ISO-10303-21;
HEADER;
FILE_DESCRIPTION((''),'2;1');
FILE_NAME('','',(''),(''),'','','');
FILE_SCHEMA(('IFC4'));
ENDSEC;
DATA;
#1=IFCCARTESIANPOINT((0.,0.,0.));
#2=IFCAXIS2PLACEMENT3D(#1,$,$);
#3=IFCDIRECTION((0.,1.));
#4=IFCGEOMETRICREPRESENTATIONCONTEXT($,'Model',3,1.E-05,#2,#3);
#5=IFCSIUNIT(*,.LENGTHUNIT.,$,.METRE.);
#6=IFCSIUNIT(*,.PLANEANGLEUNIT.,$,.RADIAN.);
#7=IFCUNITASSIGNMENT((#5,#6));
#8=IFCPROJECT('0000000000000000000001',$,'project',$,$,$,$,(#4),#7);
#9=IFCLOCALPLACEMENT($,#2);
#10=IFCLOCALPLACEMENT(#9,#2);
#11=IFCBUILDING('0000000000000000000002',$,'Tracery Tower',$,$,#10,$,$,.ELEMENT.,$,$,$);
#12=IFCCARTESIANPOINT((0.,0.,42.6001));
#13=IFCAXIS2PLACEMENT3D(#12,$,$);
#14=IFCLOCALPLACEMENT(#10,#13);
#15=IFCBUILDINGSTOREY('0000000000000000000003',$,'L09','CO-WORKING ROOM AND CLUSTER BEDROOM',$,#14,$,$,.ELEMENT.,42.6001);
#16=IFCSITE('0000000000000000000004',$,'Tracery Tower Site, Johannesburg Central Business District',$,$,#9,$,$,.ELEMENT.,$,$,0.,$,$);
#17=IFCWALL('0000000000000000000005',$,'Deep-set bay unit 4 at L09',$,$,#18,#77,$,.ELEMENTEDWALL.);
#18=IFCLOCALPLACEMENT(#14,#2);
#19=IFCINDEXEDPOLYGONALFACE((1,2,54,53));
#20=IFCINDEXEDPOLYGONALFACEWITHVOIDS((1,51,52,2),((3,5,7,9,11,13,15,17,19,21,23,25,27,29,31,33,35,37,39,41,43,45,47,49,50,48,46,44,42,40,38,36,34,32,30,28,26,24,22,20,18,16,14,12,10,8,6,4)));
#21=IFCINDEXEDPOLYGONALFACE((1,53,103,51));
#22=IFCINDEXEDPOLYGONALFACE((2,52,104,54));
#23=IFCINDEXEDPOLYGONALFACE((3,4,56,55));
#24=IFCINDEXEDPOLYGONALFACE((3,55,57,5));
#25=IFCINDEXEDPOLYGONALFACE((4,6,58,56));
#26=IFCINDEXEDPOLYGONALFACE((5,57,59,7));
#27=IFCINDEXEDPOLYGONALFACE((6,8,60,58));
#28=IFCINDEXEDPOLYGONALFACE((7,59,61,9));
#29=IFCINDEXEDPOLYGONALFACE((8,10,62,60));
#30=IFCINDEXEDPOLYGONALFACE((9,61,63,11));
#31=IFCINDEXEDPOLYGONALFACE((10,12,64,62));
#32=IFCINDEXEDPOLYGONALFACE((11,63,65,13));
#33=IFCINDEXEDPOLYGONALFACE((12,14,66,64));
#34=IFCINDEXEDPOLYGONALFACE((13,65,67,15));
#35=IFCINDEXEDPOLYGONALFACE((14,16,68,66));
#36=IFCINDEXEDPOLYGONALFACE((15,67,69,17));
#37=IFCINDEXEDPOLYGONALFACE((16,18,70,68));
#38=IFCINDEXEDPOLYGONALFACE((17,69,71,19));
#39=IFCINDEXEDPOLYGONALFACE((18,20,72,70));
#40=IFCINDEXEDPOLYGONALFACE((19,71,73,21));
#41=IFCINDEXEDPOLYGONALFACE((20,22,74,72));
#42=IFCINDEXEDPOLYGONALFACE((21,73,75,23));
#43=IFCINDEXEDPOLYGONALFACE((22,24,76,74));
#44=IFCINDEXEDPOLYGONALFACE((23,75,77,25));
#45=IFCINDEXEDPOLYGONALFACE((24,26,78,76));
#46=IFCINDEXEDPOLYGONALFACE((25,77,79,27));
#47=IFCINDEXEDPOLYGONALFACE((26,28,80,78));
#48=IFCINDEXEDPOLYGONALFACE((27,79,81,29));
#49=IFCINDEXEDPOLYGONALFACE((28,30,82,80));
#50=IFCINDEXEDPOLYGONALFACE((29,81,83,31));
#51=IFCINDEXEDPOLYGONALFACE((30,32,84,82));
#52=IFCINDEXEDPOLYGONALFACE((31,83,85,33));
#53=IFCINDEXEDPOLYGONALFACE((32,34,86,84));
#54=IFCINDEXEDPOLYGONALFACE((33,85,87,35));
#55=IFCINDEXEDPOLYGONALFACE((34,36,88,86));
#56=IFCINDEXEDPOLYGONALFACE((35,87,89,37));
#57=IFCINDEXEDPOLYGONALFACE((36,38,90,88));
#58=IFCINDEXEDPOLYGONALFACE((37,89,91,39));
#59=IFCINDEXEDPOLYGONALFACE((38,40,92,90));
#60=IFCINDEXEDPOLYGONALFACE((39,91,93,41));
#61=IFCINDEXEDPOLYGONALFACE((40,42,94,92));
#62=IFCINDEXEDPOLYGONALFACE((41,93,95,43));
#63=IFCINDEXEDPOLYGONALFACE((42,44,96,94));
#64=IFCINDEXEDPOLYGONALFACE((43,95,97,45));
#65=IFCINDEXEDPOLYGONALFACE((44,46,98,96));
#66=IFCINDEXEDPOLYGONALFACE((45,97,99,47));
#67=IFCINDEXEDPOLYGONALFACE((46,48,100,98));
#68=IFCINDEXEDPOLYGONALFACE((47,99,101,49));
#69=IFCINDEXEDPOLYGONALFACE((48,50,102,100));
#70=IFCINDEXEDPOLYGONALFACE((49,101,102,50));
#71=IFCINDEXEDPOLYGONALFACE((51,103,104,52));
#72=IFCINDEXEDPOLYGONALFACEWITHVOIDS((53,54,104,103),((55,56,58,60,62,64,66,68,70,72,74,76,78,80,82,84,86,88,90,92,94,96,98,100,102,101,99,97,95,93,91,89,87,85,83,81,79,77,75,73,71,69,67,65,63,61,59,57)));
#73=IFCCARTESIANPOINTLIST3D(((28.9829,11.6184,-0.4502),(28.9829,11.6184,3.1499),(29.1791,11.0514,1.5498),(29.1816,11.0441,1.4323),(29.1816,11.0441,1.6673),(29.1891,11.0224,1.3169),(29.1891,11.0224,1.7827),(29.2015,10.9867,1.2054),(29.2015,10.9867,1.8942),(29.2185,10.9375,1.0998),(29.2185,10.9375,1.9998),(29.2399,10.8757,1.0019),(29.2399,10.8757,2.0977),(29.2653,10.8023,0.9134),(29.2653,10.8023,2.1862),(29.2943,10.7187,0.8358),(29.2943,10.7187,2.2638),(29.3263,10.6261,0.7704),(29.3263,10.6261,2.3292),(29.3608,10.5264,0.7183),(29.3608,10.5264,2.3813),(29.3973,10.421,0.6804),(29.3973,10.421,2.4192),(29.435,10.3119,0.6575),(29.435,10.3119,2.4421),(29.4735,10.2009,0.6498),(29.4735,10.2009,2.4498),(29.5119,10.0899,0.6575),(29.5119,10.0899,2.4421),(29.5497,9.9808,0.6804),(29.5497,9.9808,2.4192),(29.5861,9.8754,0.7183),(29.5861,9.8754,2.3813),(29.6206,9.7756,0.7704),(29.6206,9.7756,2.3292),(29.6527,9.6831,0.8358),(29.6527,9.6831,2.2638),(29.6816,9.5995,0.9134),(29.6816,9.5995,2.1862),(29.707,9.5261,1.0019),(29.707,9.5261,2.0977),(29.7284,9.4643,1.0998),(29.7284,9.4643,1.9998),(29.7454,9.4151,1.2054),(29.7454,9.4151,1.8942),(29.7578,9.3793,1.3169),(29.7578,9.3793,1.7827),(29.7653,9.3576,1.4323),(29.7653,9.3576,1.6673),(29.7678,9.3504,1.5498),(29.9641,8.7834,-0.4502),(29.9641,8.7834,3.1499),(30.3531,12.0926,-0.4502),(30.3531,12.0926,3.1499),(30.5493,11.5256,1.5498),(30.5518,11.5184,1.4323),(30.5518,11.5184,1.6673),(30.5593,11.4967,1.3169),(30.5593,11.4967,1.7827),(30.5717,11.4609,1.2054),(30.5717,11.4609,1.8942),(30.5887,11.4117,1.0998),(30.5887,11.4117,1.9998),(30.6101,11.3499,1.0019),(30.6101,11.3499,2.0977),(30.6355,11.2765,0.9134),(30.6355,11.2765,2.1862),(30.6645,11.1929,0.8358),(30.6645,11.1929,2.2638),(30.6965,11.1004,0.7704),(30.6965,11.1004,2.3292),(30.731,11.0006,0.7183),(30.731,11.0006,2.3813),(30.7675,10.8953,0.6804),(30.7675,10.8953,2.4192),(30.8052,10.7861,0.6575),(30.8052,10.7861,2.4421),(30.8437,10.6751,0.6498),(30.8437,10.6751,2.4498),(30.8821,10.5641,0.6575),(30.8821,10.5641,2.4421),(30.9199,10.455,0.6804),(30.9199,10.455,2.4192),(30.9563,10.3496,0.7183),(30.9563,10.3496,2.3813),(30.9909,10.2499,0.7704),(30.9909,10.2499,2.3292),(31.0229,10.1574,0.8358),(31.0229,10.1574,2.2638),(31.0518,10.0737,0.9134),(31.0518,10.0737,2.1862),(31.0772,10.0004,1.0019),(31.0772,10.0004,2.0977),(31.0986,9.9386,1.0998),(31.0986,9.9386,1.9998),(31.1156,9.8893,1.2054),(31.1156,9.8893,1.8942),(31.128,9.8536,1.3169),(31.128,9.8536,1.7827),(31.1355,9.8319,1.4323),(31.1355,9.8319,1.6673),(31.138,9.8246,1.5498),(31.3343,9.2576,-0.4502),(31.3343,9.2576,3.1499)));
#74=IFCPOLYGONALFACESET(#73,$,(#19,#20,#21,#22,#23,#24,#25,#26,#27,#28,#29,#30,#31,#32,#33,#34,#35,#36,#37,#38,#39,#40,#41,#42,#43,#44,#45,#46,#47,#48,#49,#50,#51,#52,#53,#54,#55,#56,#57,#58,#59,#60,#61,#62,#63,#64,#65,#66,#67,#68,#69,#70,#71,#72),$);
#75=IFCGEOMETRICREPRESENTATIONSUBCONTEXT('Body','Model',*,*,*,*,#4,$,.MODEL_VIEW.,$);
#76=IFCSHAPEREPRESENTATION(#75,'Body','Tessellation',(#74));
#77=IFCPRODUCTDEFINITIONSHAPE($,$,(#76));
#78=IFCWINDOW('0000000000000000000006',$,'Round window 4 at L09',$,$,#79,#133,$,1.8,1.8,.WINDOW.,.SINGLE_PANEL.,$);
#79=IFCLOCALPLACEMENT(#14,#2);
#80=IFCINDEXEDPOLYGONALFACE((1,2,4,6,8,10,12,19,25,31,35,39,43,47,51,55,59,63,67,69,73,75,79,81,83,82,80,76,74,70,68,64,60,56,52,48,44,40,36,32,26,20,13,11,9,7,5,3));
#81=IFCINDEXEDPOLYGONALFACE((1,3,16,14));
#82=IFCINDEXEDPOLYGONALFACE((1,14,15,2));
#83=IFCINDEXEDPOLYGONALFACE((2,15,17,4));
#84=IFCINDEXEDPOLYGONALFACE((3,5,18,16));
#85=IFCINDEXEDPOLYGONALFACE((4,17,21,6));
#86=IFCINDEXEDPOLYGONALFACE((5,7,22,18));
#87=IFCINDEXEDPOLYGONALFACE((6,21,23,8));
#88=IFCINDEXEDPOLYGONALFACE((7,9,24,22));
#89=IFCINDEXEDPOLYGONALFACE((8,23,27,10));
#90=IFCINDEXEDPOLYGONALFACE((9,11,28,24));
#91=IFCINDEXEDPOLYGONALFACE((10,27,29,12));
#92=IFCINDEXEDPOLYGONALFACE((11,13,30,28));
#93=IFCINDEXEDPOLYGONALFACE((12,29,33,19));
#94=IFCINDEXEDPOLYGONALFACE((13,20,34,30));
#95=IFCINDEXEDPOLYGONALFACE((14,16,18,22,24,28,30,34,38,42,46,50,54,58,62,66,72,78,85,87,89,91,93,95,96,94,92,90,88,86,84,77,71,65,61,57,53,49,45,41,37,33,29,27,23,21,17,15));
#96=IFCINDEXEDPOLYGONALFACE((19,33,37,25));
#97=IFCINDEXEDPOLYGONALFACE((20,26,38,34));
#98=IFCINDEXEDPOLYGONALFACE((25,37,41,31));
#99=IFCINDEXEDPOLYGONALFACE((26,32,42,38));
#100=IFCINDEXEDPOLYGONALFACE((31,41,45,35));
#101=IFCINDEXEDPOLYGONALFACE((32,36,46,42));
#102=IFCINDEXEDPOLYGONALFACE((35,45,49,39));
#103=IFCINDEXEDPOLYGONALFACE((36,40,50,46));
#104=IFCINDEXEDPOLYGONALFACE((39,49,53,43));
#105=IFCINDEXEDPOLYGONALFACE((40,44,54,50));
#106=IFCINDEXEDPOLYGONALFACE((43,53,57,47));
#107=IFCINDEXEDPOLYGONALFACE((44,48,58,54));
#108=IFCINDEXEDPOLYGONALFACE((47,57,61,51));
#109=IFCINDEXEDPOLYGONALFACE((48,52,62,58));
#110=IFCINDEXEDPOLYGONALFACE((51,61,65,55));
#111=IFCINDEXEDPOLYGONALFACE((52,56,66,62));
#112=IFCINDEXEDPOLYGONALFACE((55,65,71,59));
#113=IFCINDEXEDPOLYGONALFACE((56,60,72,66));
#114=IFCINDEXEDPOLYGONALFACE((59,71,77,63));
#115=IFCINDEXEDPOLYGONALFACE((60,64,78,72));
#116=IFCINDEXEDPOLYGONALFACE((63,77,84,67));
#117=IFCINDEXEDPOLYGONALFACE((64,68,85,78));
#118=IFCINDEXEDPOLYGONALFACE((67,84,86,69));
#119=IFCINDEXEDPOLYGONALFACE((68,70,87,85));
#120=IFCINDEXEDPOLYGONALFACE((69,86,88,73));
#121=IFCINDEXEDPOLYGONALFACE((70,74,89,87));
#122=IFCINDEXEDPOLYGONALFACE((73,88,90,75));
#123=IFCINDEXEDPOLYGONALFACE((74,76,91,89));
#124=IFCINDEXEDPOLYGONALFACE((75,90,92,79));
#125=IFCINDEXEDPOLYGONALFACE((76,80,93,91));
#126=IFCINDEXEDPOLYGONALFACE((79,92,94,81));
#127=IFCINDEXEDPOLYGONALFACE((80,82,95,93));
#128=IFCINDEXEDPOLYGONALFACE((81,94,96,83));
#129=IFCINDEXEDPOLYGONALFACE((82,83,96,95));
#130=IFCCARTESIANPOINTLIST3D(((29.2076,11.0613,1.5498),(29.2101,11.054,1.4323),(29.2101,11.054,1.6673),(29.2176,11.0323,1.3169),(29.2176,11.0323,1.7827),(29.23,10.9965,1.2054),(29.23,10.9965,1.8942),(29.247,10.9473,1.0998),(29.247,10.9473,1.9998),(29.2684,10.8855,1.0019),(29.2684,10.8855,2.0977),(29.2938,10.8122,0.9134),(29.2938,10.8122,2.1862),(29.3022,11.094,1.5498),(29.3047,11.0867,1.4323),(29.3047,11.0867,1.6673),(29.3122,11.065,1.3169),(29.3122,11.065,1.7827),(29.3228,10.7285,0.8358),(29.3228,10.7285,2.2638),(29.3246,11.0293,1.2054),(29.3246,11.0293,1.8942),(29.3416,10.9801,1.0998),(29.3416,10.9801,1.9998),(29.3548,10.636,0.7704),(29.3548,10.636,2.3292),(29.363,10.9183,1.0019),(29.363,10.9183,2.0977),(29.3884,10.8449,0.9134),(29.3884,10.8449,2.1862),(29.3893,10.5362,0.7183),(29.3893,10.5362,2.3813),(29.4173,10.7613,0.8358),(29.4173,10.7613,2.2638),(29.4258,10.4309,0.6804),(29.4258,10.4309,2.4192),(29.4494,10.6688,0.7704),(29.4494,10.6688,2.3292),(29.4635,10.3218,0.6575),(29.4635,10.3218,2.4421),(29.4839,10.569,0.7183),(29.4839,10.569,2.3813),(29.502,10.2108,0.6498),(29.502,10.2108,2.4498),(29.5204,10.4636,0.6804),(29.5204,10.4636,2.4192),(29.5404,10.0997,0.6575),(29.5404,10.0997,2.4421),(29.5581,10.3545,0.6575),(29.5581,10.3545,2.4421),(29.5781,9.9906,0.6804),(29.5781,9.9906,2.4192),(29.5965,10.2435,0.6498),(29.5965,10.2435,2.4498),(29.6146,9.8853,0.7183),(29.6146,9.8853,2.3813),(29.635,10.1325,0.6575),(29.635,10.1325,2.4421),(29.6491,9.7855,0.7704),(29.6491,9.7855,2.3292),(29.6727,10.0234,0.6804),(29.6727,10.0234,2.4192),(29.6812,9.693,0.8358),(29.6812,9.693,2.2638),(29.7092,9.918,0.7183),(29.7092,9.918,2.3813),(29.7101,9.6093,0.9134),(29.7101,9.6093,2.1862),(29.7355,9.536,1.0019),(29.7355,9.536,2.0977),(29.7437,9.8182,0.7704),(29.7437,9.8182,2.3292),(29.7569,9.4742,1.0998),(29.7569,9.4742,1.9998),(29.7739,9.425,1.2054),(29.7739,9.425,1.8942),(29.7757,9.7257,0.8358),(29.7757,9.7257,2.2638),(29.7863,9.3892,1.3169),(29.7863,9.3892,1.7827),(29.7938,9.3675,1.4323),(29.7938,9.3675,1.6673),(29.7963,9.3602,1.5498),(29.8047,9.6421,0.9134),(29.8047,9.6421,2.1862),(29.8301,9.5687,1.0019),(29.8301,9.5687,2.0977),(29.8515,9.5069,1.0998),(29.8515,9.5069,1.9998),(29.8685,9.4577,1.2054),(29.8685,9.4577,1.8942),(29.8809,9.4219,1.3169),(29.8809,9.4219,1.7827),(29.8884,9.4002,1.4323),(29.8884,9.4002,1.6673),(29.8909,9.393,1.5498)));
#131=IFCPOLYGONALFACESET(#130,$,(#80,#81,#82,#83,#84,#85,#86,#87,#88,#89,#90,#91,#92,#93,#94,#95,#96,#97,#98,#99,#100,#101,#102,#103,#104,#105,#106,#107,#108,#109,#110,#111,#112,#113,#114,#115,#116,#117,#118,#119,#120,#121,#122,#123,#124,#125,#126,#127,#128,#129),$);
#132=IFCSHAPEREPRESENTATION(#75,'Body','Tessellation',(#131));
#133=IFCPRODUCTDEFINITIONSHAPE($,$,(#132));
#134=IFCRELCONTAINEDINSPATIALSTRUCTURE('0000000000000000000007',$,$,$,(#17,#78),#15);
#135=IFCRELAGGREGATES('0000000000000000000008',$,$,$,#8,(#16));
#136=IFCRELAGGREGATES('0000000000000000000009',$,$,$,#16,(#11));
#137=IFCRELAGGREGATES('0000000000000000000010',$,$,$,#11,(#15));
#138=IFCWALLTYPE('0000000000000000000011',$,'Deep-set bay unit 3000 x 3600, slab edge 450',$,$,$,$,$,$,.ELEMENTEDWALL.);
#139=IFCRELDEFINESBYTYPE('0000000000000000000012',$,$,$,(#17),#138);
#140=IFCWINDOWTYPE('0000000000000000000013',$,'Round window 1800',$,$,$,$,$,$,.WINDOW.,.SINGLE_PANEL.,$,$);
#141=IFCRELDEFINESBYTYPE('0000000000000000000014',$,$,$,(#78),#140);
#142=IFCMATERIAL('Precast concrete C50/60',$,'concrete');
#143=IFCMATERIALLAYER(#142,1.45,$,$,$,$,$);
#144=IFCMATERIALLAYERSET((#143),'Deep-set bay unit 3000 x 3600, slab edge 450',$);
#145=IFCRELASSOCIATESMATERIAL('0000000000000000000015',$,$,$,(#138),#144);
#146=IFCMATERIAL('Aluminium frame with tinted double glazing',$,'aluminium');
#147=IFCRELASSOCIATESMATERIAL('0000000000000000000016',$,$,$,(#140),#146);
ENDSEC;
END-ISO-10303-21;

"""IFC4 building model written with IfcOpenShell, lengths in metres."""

from ifc_helpers import new_model, si_unit, direction, frame, frame_2d, origin, origin_2d, place, context, subcontext, project, spatial, rectangle, circle, extrude, material, layer, layer_set, type_object, element, fill, save


model = new_model("IFC4")

# Units and contexts
model_context = context("Model", 3, precision=1e-05, world=origin(), true_north=direction((0.0, 1.0)))
body_context = subcontext(model_context, "Body", "Model", "MODEL_VIEW")
ifc_project = project(units=[si_unit("LENGTHUNIT", "METRE"), si_unit("PLANEANGLEUNIT", "RADIAN")], contexts=[model_context])

# Site, building, storey
site_placement = place(None, origin())
site = spatial("IfcSite", under=ifc_project, at=site_placement, Name="Tracery Tower Site, Johannesburg Central Business District", CompositionType="ELEMENT", RefElevation=0.0)
building_placement = place(site_placement, origin())
building = spatial("IfcBuilding", under=site, at=building_placement, Name="Tracery Tower", CompositionType="ELEMENT")
storey_placement = place(building_placement, frame((0.0, 0.0, 42.6001)))
storey = spatial("IfcBuildingStorey", under=building, at=storey_placement, Name="L09", Description="CO-WORKING ROOM AND CLUSTER BEDROOM", CompositionType="ELEMENT", Elevation=42.6001)

# Wall, opening, window
ifc_material_1 = material(Name="Precast concrete C50/60", Category="concrete")
ifc_layer_1 = layer(ifc_material_1, 1.45)
ifc_layer_set_1 = layer_set([ifc_layer_1], Name="Deep-set bay unit 3000 x 3600, slab edge 450")
wall_type_1 = type_object("IfcWallType", Name="Deep-set bay unit 3000 x 3600, slab edge 450", PredefinedType="ELEMENTEDWALL", material=ifc_layer_set_1)
wall_1_placement = place(storey_placement, frame((30.6492, 9.0205, -0.4502), z_axis=(0.0, 0.0, 1.0), x_axis=(-0.327071, 0.945, 0.0)))
wall_1 = element("IfcWall", 1, at=wall_1_placement, inside=storey, type_object=wall_type_1, Name="Deep-set bay unit 4 at L09", PredefinedType="ELEMENTEDWALL", context=body_context, shape_type="SweptSolid", body=[
    extrude(rectangle(XDim=3.0, YDim=1.45, at=frame_2d((1.5, 0.0))), origin(), (0.0, 0.0, 1.0), 3.6001),
])
opening_1_placement = place(wall_1_placement, frame((1.5, 0.0, 2.0)))
opening_1 = element("IfcOpeningElement", 2, at=opening_1_placement, cuts=wall_1, PredefinedType="OPENING", context=body_context, shape_type="SweptSolid", body=[
    extrude(circle(Radius=0.9, at=origin_2d()), frame((0.0, 0.7349, 0.0), z_axis=(0.0, -1.0, 0.0), x_axis=(1.0, 0.0, 0.0)), (0.0, 0.0, 1.0), 1.47),
])
ifc_material_2 = material(Name="Aluminium frame with tinted double glazing", Category="aluminium")
window_type = type_object("IfcWindowType", Name="Round window 1800", PartitioningType="SINGLE_PANEL", PredefinedType="WINDOW", material=ifc_material_2)
window_1_placement = place(opening_1_placement, origin())
window_1 = element("IfcWindow", 3, at=window_1_placement, inside=storey, type_object=window_type, Name="Round window 4 at L09", OverallHeight=1.8, OverallWidth=1.8, PartitioningType="SINGLE_PANEL", PredefinedType="WINDOW", context=body_context, shape_type="SweptSolid", body=[
    extrude(circle(Radius=0.9, at=origin_2d()), frame((0.0, 0.6948, 0.0), z_axis=(0.0, -1.0, 0.0), x_axis=(1.0, 0.0, 0.0)), (0.0, 0.0, 1.0), 0.1001),
])
fill(opening_1, window_1)

save(model, "model.ifc")
